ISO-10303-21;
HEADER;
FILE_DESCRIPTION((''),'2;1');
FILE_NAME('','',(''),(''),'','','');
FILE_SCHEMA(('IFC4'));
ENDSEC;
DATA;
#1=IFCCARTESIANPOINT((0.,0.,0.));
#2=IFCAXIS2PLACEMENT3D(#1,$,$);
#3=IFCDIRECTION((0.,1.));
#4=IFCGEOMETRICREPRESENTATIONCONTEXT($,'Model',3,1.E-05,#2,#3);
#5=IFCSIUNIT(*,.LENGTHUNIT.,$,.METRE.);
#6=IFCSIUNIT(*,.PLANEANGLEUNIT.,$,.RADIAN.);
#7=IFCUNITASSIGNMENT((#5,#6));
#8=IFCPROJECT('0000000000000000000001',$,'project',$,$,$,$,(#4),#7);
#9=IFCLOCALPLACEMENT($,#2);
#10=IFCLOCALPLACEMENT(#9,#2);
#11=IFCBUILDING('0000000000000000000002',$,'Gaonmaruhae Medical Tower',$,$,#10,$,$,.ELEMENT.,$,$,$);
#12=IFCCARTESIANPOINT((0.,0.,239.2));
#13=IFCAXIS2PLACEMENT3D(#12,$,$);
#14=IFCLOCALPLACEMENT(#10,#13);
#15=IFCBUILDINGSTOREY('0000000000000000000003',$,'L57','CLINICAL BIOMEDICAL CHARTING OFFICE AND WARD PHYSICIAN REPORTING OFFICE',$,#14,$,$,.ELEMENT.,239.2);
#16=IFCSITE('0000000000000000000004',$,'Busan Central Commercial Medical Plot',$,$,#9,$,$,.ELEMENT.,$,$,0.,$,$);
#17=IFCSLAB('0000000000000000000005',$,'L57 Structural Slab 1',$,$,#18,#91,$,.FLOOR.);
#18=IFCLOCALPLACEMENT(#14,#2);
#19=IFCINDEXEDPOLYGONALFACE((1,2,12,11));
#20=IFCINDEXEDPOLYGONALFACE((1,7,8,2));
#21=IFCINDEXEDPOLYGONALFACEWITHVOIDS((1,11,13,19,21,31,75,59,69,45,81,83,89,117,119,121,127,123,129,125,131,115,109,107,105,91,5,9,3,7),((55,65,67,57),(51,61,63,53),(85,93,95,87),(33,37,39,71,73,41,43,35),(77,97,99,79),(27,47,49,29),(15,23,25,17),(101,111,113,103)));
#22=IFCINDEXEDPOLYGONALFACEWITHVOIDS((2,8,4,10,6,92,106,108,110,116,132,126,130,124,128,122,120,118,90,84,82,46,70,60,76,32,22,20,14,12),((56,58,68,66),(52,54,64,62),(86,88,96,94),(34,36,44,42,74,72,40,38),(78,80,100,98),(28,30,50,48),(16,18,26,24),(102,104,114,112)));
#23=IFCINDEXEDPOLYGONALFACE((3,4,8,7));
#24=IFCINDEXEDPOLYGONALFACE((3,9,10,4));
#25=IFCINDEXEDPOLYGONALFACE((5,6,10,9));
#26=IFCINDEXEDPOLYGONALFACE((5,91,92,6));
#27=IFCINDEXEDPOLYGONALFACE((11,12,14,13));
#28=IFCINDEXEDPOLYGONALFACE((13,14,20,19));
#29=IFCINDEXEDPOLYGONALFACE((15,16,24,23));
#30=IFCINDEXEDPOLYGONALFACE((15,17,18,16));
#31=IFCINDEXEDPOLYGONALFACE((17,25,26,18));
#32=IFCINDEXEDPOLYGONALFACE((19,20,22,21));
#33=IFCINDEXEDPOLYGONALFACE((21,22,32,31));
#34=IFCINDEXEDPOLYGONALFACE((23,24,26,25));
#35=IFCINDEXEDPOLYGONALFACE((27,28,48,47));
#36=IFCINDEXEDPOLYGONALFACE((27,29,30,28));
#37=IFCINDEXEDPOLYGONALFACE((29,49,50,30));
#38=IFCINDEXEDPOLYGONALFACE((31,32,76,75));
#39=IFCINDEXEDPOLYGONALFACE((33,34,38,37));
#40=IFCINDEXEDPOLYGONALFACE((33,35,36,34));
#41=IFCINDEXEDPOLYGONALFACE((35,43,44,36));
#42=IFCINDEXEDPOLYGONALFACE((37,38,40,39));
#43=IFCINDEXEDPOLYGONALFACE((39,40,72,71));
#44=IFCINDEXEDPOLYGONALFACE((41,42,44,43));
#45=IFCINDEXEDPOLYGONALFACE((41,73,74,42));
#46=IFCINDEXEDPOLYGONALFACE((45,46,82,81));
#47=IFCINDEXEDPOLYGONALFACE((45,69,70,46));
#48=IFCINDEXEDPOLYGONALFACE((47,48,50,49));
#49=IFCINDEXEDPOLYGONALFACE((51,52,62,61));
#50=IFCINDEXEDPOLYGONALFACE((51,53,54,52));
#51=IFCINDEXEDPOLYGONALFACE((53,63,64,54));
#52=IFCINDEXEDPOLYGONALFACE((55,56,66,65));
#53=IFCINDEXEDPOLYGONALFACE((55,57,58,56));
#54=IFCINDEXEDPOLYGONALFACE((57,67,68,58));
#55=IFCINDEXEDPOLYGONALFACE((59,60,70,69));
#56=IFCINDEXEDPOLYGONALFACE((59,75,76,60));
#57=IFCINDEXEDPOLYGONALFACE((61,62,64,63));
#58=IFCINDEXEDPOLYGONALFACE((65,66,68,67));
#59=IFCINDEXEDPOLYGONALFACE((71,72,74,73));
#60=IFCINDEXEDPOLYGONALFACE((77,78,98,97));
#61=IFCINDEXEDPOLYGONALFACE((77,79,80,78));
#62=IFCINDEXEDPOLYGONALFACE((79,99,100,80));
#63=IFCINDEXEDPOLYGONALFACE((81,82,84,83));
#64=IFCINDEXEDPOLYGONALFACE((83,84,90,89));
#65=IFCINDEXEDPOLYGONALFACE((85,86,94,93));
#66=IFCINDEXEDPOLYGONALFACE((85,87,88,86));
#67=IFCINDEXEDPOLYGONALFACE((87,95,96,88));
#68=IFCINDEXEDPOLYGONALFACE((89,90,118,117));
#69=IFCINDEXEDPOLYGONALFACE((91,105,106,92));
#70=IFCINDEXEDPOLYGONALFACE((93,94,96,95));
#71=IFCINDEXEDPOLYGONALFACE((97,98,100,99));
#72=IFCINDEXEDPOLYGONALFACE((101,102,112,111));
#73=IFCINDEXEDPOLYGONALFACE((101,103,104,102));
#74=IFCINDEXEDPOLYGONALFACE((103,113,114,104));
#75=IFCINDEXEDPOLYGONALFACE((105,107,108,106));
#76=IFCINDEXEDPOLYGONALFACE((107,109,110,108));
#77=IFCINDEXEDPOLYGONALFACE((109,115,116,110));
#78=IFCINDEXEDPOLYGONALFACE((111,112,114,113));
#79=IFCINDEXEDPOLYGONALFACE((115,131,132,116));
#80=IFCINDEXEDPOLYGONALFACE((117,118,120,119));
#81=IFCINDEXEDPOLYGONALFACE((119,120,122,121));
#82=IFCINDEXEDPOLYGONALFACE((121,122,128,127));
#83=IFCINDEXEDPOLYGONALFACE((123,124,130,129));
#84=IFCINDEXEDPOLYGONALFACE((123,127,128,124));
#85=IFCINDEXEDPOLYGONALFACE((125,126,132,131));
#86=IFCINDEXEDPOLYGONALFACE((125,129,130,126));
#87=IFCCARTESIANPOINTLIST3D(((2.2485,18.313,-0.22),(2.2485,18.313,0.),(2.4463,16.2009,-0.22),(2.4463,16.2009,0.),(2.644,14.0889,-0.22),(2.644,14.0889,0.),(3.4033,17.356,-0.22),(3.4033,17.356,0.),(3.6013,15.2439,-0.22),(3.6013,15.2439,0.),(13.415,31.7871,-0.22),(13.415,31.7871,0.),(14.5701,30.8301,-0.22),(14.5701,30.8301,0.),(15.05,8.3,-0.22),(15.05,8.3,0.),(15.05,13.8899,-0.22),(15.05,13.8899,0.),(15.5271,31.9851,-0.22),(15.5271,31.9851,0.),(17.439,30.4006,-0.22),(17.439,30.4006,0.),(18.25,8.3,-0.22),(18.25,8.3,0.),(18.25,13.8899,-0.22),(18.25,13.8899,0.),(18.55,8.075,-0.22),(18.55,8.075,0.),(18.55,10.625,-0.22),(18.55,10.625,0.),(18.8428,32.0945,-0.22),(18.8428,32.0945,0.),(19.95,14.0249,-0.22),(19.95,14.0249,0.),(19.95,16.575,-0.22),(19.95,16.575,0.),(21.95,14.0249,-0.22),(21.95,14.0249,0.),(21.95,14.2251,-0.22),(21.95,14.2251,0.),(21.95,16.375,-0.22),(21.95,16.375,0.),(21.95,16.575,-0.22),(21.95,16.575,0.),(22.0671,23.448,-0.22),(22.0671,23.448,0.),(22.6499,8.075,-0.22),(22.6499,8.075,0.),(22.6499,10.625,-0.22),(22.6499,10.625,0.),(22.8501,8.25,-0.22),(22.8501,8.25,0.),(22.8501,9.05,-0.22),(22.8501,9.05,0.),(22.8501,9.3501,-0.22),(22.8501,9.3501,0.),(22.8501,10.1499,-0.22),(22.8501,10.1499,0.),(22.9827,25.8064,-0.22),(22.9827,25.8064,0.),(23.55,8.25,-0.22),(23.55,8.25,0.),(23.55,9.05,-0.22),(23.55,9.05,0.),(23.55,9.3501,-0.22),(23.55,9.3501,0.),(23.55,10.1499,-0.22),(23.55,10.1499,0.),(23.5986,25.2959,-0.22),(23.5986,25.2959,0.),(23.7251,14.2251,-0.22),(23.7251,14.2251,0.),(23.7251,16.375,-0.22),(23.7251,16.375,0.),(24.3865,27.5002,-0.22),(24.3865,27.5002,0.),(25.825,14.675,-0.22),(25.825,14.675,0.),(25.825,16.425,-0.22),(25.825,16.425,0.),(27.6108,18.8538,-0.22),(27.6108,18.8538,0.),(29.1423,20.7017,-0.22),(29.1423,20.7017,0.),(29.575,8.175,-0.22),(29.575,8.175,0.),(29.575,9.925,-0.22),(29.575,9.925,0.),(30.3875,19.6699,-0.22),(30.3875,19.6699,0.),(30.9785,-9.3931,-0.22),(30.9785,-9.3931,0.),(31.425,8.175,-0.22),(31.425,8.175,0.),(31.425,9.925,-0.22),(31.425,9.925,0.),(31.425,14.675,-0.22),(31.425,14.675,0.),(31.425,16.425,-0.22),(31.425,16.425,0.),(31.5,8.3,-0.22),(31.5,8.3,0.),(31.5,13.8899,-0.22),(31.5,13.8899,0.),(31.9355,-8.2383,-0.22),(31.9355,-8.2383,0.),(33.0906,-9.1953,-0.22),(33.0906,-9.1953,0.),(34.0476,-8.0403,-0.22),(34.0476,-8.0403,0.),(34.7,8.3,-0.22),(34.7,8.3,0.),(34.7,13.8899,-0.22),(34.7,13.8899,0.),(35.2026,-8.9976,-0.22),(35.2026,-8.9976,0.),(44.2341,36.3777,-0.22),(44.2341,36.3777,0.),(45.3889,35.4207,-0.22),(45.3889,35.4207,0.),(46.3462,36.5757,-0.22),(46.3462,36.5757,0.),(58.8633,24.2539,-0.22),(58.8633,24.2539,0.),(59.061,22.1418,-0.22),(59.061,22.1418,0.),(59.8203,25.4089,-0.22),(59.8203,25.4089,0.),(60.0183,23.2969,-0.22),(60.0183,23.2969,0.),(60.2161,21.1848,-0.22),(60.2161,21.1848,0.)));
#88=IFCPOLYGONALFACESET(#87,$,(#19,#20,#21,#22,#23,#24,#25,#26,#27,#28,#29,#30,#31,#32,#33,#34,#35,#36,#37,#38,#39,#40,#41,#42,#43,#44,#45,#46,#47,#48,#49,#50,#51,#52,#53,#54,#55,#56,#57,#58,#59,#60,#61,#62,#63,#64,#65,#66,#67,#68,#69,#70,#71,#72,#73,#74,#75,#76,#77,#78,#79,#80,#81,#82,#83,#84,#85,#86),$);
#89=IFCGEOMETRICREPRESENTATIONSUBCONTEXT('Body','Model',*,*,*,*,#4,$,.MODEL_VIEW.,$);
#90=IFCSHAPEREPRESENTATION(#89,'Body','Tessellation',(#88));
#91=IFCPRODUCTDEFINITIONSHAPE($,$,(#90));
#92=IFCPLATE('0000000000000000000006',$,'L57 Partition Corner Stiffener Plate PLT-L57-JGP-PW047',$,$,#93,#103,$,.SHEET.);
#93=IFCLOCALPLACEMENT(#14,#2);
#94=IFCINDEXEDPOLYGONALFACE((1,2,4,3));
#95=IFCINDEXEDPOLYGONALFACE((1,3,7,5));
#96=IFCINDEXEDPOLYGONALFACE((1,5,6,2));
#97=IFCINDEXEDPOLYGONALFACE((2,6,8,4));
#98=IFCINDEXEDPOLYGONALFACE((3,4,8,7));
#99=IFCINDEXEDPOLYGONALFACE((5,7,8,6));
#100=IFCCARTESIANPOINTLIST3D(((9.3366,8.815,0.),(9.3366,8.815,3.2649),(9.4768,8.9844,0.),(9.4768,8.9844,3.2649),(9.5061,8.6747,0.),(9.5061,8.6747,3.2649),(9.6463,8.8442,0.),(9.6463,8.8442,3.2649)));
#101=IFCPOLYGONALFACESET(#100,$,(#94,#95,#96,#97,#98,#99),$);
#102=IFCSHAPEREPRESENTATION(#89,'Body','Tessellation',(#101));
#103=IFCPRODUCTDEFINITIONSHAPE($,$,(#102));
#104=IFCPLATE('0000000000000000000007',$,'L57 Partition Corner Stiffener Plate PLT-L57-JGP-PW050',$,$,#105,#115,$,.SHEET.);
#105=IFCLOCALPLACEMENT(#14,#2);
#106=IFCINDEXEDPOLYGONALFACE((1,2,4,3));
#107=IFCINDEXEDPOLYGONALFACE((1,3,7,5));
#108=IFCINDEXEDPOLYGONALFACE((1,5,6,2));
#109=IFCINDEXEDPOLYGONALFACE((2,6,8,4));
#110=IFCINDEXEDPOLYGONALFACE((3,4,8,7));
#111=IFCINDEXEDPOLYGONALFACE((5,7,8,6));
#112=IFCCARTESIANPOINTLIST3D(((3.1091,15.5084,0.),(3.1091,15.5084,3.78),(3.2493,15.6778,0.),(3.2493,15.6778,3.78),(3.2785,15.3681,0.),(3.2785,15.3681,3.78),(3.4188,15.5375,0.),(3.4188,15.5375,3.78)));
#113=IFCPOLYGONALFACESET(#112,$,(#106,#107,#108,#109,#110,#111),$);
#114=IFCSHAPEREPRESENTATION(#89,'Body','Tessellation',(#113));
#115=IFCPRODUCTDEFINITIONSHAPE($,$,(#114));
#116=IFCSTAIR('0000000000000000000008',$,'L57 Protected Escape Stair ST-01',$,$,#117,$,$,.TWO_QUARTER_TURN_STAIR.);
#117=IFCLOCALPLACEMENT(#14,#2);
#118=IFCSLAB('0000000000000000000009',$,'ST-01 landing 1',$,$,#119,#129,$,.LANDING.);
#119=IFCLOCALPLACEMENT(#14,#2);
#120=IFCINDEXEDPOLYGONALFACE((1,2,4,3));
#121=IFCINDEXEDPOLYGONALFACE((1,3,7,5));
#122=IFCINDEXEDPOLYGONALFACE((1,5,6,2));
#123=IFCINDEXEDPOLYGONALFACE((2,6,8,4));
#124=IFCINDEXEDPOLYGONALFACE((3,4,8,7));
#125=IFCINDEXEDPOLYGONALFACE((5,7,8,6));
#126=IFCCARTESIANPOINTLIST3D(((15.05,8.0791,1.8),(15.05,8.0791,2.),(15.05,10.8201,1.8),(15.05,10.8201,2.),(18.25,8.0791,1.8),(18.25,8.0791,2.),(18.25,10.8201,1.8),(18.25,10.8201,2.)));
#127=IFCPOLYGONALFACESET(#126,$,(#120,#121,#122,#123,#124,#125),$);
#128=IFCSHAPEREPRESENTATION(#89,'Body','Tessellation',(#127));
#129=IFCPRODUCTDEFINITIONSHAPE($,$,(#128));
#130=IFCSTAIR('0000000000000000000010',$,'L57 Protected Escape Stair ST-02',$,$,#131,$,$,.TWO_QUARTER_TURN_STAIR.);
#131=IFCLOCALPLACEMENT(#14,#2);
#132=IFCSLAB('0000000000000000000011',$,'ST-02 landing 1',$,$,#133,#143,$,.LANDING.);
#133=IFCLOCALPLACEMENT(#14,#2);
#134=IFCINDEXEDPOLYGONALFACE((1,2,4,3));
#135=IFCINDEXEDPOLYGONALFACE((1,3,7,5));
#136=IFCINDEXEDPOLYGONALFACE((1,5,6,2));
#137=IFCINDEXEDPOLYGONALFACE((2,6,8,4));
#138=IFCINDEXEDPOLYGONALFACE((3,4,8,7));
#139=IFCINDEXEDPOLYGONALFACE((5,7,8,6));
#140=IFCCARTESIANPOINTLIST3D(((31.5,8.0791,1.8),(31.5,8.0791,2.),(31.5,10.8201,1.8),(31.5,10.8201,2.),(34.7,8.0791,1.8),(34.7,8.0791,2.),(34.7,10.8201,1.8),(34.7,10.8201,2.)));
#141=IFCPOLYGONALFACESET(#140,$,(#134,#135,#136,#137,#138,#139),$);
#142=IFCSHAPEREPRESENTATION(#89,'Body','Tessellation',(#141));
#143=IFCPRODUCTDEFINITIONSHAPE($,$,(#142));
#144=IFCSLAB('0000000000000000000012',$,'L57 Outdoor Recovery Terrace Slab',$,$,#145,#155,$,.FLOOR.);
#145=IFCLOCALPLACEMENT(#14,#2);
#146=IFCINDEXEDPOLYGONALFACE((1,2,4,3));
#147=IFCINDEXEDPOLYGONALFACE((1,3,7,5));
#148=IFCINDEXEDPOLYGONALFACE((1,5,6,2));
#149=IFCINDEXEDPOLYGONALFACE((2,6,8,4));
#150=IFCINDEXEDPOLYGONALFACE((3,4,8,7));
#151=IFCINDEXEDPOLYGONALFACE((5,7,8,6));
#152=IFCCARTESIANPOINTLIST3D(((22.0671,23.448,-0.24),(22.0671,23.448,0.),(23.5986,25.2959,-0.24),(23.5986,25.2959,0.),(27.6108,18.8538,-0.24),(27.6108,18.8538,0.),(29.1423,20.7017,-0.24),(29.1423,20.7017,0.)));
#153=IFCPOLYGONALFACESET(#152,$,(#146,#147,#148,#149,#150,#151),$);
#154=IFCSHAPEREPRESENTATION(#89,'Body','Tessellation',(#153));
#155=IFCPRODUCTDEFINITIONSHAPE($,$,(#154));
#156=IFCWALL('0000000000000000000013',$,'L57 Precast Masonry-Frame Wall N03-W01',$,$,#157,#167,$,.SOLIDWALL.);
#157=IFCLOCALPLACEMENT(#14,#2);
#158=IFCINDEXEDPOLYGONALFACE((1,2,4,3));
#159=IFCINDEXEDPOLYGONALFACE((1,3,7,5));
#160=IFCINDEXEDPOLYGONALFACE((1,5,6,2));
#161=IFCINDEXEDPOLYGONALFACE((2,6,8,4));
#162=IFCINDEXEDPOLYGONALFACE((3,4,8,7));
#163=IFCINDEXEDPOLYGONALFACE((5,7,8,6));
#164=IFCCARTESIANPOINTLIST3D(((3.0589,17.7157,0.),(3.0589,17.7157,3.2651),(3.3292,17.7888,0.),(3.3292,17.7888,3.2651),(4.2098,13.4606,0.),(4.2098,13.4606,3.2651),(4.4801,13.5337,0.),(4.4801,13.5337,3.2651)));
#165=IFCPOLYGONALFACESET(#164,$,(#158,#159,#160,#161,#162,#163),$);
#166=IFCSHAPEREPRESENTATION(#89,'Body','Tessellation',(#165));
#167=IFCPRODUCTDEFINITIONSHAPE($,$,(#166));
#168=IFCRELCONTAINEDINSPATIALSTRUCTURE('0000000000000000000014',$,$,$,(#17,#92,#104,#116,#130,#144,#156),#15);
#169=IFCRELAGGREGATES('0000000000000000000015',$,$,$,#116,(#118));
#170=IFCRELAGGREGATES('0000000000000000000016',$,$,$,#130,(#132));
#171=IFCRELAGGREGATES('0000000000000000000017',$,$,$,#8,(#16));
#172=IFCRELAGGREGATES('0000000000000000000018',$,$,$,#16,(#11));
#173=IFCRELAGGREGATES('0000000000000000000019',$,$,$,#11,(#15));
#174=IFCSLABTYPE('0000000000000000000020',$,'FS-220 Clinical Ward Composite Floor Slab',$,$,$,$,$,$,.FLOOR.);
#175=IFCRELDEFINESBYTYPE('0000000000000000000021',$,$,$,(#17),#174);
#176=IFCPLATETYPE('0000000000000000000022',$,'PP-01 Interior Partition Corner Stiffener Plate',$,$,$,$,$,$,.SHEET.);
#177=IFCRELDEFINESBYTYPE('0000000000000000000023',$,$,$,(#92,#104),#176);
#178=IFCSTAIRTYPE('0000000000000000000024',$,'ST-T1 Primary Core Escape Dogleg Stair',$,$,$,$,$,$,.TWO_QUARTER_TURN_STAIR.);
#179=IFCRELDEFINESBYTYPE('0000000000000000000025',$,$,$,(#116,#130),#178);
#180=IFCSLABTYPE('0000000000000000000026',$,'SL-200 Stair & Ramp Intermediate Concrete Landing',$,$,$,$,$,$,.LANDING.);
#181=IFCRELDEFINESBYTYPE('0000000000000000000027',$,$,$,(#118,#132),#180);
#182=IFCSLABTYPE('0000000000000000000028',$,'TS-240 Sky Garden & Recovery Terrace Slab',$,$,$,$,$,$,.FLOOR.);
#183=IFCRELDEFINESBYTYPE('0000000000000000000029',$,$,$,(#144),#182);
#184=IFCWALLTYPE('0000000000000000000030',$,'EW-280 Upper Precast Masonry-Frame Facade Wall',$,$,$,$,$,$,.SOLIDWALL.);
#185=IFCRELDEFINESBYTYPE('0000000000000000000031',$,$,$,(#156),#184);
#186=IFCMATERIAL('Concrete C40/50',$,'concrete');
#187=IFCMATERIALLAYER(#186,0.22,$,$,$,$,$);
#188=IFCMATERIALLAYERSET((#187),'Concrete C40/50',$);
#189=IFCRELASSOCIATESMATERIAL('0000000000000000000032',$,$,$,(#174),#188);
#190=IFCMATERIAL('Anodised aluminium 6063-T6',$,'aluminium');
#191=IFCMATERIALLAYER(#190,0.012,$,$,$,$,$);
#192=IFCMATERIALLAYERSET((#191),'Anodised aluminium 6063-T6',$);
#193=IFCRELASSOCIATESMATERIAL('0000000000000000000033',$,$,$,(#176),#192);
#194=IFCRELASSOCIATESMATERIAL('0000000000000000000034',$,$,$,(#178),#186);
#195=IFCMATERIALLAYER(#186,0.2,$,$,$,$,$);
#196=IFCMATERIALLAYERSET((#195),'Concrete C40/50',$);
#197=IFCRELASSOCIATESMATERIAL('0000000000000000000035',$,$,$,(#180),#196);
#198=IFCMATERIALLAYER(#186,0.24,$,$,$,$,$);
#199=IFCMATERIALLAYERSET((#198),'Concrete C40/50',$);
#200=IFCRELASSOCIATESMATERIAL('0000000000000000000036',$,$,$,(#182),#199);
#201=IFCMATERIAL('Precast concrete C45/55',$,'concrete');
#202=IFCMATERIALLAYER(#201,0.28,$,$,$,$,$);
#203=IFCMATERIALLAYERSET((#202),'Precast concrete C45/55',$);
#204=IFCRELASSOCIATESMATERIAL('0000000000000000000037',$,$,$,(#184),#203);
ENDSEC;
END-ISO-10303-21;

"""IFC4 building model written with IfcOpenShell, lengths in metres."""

from ifc_helpers import new_model, si_unit, direction, frame, frame_2d, origin, origin_2d, place, context, subcontext, project, spatial, polyline, rectangle, outline, extrude, material, layer, layer_set, type_object, element, aggregate, save


model = new_model("IFC4")

# Units and contexts
model_context = context("Model", 3, precision=1e-05, world=origin(), true_north=direction((0.0, 1.0)))
body_context = subcontext(model_context, "Body", "Model", "MODEL_VIEW")
ifc_project = project(units=[si_unit("LENGTHUNIT", "METRE"), si_unit("PLANEANGLEUNIT", "RADIAN")], contexts=[model_context])

# Site, building, storey
site_placement = place(None, origin())
site = spatial("IfcSite", under=ifc_project, at=site_placement, Name="Busan Central Commercial Medical Plot", CompositionType="ELEMENT", RefElevation=0.0)
building_placement = place(site_placement, origin())
building = spatial("IfcBuilding", under=site, at=building_placement, Name="Gaonmaruhae Medical Tower", CompositionType="ELEMENT")
storey_placement = place(building_placement, frame((0.0, 0.0, 239.2)))
storey = spatial("IfcBuildingStorey", under=building, at=storey_placement, Name="L57", Description="CLINICAL BIOMEDICAL CHARTING OFFICE AND WARD PHYSICIAN REPORTING OFFICE", CompositionType="ELEMENT", Elevation=239.2)

# Slab
ifc_material_1 = material(Name="Concrete C40/50", Category="concrete")
ifc_layer_1 = layer(ifc_material_1, 0.22)
ifc_layer_set_1 = layer_set([ifc_layer_1], Name="Concrete C40/50")
slab_type_1 = type_object("IfcSlabType", Name="FS-220 Clinical Ward Composite Floor Slab", PredefinedType="FLOOR", material=ifc_layer_set_1)
slab_1_placement = place(storey_placement, frame((0.0, 0.0, -0.22)))
element("IfcSlab", 1, at=slab_1_placement, inside=storey, type_object=slab_type_1, Name="L57 Structural Slab 1", PredefinedType="FLOOR", context=body_context, shape_type="SweptSolid", body=[
    extrude(outline(polyline([(44.2341, 36.3777), (45.3889, 35.4207), (46.3462, 36.5757), (59.8203, 25.4089), (58.8633, 24.2539), (60.0183, 23.2969), (59.061, 22.1418), (60.2161, 21.1848), (35.2026, -8.9976), (34.0476, -8.0403), (33.0906, -9.1953), (31.9355, -8.2383), (30.9785, -9.3931), (2.644, 14.0889), (3.6013, 15.2439), (2.4463, 16.2009), (3.4033, 17.356), (2.2485, 18.313), (13.415, 31.7871), (14.5701, 30.8301), (15.5271, 31.9851), (17.439, 30.4006), (18.8428, 32.0945), (24.3865, 27.5002), (22.9827, 25.8064), (23.5986, 25.2959), (22.0671, 23.448), (27.6108, 18.8538), (29.1423, 20.7017), (30.3875, 19.6699), (44.2341, 36.3777)]), holes=[polyline([(23.55, 8.25), (22.8501, 8.25), (22.8501, 9.05), (23.55, 9.05), (23.55, 8.25)]), polyline([(31.425, 9.925), (31.425, 8.175), (29.575, 8.175), (29.575, 9.925), (31.425, 9.925)]), polyline([(22.6499, 10.625), (22.6499, 8.075), (18.55, 8.075), (18.55, 10.625), (22.6499, 10.625)]), polyline([(23.55, 9.3501), (22.8501, 9.3501), (22.8501, 10.1499), (23.55, 10.1499), (23.55, 9.3501)]), polyline([(15.05, 13.8899), (18.25, 13.8899), (18.25, 8.3), (15.05, 8.3), (15.05, 13.8899)]), polyline([(31.5, 13.8899), (34.7, 13.8899), (34.7, 8.3), (31.5, 8.3), (31.5, 13.8899)]), polyline([(21.95, 14.2251), (21.95, 14.0249), (19.95, 14.0249), (19.95, 16.575), (21.95, 16.575), (21.95, 16.375), (23.7251, 16.375), (23.7251, 14.2251), (21.95, 14.2251)]), polyline([(31.425, 16.425), (31.425, 14.675), (25.825, 14.675), (25.825, 16.425), (31.425, 16.425)])]), origin(), (0.0, 0.0, 1.0), 0.22),
])

# Plates
ifc_material_2 = material(Name="Anodised aluminium 6063-T6", Category="aluminium")
ifc_layer_2 = layer(ifc_material_2, 0.012)
ifc_layer_set_2 = layer_set([ifc_layer_2], Name="Anodised aluminium 6063-T6")
plate_type = type_object("IfcPlateType", Name="PP-01 Interior Partition Corner Stiffener Plate", PredefinedType="SHEET", material=ifc_layer_set_2)
plate_1_placement = place(storey_placement, frame((9.4915, 8.8296, 0.0), z_axis=(0.0, 0.0, 1.0), x_axis=(-0.770413, 0.637545, 0.0)))
element("IfcPlate", 2, at=plate_1_placement, inside=storey, type_object=plate_type, Name="L57 Partition Corner Stiffener Plate PLT-L57-JGP-PW047", PredefinedType="SHEET", context=body_context, shape_type="SweptSolid", body=[
    extrude(rectangle(XDim=0.22, YDim=0.22, at=origin_2d()), origin(), (0.0, 0.0, 1.0), 3.2649),
])
plate_2_placement = place(storey_placement, frame((3.2639, 15.5229, 0.0), z_axis=(0.0, 0.0, 1.0), x_axis=(-0.77028, 0.637706, 0.0)))
element("IfcPlate", 3, at=plate_2_placement, inside=storey, type_object=plate_type, Name="L57 Partition Corner Stiffener Plate PLT-L57-JGP-PW050", PredefinedType="SHEET", context=body_context, shape_type="SweptSolid", body=[
    extrude(rectangle(XDim=0.22, YDim=0.22, at=origin_2d()), origin(), (0.0, 0.0, 1.0), 3.78),
])

# Stairs, slabs
stair_type = type_object("IfcStairType", Name="ST-T1 Primary Core Escape Dogleg Stair", PredefinedType="TWO_QUARTER_TURN_STAIR", material=ifc_material_1)
stair_1_placement = place(storey_placement, origin())
stair_1 = element("IfcStair", 4, at=stair_1_placement, inside=storey, type_object=stair_type, Name="L57 Protected Escape Stair ST-01", PredefinedType="TWO_QUARTER_TURN_STAIR")
ifc_layer_3 = layer(ifc_material_1, 0.2)
ifc_layer_set_3 = layer_set([ifc_layer_3], Name="Concrete C40/50")
slab_type_2 = type_object("IfcSlabType", Name="SL-200 Stair & Ramp Intermediate Concrete Landing", PredefinedType="LANDING", material=ifc_layer_set_3)
slab_2_placement = place(storey_placement, frame((0.0, 0.0, 1.8)))
slab_2 = element("IfcSlab", 5, at=slab_2_placement, type_object=slab_type_2, Name="ST-01 landing 1", PredefinedType="LANDING", context=body_context, shape_type="SweptSolid", body=[
    extrude(outline(polyline([(15.05, 10.8201), (15.05, 8.0791), (18.25, 8.0791), (18.25, 10.8201), (15.05, 10.8201)])), origin(), (0.0, 0.0, 1.0), 0.2),
])
aggregate(stair_1, [slab_2])
stair_2_placement = place(storey_placement, origin())
stair_2 = element("IfcStair", 6, at=stair_2_placement, inside=storey, type_object=stair_type, Name="L57 Protected Escape Stair ST-02", PredefinedType="TWO_QUARTER_TURN_STAIR")
slab_3_placement = place(storey_placement, frame((0.0, 0.0, 1.8)))
slab_3 = element("IfcSlab", 7, at=slab_3_placement, type_object=slab_type_2, Name="ST-02 landing 1", PredefinedType="LANDING", context=body_context, shape_type="SweptSolid", body=[
    extrude(outline(polyline([(31.5, 10.8201), (31.5, 8.0791), (34.7, 8.0791), (34.7, 10.8201), (31.5, 10.8201)])), origin(), (0.0, 0.0, 1.0), 0.2),
])
aggregate(stair_2, [slab_3])

# Slab
ifc_layer_4 = layer(ifc_material_1, 0.24)
ifc_layer_set_4 = layer_set([ifc_layer_4], Name="Concrete C40/50")
slab_type_3 = type_object("IfcSlabType", Name="TS-240 Sky Garden & Recovery Terrace Slab", PredefinedType="FLOOR", material=ifc_layer_set_4)
slab_4_placement = place(storey_placement, frame((0.0, 0.0, -0.24)))
element("IfcSlab", 8, at=slab_4_placement, inside=storey, type_object=slab_type_3, Name="L57 Outdoor Recovery Terrace Slab", PredefinedType="FLOOR", context=body_context, shape_type="SweptSolid", body=[
    extrude(outline(polyline([(27.6108, 18.8538), (29.1423, 20.7017), (23.5986, 25.2959), (22.0671, 23.448), (27.6108, 18.8538)])), origin(), (0.0, 0.0, 1.0), 0.24),
])

# Wall
ifc_material_3 = material(Name="Precast concrete C45/55", Category="concrete")
ifc_layer_5 = layer(ifc_material_3, 0.28)
ifc_layer_set_5 = layer_set([ifc_layer_5], Name="Precast concrete C45/55")
wall_type_1 = type_object("IfcWallType", Name="EW-280 Upper Precast Masonry-Frame Facade Wall", PredefinedType="SOLIDWALL", material=ifc_layer_set_5)
wall_1_placement = place(storey_placement, frame((4.345, 13.4971, 0.0), z_axis=(0.0, 0.0, 1.0), x_axis=(-0.261088, 0.965315, 0.0)))
element("IfcWall", 9, at=wall_1_placement, inside=storey, type_object=wall_type_1, Name="L57 Precast Masonry-Frame Wall N03-W01", PredefinedType="SOLIDWALL", context=body_context, shape_type="SweptSolid", body=[
    extrude(rectangle(XDim=4.408, YDim=0.28, at=frame_2d((2.2041, 0.0))), origin(), (0.0, 0.0, 1.0), 3.2651),
])

save(model, "model.ifc")
